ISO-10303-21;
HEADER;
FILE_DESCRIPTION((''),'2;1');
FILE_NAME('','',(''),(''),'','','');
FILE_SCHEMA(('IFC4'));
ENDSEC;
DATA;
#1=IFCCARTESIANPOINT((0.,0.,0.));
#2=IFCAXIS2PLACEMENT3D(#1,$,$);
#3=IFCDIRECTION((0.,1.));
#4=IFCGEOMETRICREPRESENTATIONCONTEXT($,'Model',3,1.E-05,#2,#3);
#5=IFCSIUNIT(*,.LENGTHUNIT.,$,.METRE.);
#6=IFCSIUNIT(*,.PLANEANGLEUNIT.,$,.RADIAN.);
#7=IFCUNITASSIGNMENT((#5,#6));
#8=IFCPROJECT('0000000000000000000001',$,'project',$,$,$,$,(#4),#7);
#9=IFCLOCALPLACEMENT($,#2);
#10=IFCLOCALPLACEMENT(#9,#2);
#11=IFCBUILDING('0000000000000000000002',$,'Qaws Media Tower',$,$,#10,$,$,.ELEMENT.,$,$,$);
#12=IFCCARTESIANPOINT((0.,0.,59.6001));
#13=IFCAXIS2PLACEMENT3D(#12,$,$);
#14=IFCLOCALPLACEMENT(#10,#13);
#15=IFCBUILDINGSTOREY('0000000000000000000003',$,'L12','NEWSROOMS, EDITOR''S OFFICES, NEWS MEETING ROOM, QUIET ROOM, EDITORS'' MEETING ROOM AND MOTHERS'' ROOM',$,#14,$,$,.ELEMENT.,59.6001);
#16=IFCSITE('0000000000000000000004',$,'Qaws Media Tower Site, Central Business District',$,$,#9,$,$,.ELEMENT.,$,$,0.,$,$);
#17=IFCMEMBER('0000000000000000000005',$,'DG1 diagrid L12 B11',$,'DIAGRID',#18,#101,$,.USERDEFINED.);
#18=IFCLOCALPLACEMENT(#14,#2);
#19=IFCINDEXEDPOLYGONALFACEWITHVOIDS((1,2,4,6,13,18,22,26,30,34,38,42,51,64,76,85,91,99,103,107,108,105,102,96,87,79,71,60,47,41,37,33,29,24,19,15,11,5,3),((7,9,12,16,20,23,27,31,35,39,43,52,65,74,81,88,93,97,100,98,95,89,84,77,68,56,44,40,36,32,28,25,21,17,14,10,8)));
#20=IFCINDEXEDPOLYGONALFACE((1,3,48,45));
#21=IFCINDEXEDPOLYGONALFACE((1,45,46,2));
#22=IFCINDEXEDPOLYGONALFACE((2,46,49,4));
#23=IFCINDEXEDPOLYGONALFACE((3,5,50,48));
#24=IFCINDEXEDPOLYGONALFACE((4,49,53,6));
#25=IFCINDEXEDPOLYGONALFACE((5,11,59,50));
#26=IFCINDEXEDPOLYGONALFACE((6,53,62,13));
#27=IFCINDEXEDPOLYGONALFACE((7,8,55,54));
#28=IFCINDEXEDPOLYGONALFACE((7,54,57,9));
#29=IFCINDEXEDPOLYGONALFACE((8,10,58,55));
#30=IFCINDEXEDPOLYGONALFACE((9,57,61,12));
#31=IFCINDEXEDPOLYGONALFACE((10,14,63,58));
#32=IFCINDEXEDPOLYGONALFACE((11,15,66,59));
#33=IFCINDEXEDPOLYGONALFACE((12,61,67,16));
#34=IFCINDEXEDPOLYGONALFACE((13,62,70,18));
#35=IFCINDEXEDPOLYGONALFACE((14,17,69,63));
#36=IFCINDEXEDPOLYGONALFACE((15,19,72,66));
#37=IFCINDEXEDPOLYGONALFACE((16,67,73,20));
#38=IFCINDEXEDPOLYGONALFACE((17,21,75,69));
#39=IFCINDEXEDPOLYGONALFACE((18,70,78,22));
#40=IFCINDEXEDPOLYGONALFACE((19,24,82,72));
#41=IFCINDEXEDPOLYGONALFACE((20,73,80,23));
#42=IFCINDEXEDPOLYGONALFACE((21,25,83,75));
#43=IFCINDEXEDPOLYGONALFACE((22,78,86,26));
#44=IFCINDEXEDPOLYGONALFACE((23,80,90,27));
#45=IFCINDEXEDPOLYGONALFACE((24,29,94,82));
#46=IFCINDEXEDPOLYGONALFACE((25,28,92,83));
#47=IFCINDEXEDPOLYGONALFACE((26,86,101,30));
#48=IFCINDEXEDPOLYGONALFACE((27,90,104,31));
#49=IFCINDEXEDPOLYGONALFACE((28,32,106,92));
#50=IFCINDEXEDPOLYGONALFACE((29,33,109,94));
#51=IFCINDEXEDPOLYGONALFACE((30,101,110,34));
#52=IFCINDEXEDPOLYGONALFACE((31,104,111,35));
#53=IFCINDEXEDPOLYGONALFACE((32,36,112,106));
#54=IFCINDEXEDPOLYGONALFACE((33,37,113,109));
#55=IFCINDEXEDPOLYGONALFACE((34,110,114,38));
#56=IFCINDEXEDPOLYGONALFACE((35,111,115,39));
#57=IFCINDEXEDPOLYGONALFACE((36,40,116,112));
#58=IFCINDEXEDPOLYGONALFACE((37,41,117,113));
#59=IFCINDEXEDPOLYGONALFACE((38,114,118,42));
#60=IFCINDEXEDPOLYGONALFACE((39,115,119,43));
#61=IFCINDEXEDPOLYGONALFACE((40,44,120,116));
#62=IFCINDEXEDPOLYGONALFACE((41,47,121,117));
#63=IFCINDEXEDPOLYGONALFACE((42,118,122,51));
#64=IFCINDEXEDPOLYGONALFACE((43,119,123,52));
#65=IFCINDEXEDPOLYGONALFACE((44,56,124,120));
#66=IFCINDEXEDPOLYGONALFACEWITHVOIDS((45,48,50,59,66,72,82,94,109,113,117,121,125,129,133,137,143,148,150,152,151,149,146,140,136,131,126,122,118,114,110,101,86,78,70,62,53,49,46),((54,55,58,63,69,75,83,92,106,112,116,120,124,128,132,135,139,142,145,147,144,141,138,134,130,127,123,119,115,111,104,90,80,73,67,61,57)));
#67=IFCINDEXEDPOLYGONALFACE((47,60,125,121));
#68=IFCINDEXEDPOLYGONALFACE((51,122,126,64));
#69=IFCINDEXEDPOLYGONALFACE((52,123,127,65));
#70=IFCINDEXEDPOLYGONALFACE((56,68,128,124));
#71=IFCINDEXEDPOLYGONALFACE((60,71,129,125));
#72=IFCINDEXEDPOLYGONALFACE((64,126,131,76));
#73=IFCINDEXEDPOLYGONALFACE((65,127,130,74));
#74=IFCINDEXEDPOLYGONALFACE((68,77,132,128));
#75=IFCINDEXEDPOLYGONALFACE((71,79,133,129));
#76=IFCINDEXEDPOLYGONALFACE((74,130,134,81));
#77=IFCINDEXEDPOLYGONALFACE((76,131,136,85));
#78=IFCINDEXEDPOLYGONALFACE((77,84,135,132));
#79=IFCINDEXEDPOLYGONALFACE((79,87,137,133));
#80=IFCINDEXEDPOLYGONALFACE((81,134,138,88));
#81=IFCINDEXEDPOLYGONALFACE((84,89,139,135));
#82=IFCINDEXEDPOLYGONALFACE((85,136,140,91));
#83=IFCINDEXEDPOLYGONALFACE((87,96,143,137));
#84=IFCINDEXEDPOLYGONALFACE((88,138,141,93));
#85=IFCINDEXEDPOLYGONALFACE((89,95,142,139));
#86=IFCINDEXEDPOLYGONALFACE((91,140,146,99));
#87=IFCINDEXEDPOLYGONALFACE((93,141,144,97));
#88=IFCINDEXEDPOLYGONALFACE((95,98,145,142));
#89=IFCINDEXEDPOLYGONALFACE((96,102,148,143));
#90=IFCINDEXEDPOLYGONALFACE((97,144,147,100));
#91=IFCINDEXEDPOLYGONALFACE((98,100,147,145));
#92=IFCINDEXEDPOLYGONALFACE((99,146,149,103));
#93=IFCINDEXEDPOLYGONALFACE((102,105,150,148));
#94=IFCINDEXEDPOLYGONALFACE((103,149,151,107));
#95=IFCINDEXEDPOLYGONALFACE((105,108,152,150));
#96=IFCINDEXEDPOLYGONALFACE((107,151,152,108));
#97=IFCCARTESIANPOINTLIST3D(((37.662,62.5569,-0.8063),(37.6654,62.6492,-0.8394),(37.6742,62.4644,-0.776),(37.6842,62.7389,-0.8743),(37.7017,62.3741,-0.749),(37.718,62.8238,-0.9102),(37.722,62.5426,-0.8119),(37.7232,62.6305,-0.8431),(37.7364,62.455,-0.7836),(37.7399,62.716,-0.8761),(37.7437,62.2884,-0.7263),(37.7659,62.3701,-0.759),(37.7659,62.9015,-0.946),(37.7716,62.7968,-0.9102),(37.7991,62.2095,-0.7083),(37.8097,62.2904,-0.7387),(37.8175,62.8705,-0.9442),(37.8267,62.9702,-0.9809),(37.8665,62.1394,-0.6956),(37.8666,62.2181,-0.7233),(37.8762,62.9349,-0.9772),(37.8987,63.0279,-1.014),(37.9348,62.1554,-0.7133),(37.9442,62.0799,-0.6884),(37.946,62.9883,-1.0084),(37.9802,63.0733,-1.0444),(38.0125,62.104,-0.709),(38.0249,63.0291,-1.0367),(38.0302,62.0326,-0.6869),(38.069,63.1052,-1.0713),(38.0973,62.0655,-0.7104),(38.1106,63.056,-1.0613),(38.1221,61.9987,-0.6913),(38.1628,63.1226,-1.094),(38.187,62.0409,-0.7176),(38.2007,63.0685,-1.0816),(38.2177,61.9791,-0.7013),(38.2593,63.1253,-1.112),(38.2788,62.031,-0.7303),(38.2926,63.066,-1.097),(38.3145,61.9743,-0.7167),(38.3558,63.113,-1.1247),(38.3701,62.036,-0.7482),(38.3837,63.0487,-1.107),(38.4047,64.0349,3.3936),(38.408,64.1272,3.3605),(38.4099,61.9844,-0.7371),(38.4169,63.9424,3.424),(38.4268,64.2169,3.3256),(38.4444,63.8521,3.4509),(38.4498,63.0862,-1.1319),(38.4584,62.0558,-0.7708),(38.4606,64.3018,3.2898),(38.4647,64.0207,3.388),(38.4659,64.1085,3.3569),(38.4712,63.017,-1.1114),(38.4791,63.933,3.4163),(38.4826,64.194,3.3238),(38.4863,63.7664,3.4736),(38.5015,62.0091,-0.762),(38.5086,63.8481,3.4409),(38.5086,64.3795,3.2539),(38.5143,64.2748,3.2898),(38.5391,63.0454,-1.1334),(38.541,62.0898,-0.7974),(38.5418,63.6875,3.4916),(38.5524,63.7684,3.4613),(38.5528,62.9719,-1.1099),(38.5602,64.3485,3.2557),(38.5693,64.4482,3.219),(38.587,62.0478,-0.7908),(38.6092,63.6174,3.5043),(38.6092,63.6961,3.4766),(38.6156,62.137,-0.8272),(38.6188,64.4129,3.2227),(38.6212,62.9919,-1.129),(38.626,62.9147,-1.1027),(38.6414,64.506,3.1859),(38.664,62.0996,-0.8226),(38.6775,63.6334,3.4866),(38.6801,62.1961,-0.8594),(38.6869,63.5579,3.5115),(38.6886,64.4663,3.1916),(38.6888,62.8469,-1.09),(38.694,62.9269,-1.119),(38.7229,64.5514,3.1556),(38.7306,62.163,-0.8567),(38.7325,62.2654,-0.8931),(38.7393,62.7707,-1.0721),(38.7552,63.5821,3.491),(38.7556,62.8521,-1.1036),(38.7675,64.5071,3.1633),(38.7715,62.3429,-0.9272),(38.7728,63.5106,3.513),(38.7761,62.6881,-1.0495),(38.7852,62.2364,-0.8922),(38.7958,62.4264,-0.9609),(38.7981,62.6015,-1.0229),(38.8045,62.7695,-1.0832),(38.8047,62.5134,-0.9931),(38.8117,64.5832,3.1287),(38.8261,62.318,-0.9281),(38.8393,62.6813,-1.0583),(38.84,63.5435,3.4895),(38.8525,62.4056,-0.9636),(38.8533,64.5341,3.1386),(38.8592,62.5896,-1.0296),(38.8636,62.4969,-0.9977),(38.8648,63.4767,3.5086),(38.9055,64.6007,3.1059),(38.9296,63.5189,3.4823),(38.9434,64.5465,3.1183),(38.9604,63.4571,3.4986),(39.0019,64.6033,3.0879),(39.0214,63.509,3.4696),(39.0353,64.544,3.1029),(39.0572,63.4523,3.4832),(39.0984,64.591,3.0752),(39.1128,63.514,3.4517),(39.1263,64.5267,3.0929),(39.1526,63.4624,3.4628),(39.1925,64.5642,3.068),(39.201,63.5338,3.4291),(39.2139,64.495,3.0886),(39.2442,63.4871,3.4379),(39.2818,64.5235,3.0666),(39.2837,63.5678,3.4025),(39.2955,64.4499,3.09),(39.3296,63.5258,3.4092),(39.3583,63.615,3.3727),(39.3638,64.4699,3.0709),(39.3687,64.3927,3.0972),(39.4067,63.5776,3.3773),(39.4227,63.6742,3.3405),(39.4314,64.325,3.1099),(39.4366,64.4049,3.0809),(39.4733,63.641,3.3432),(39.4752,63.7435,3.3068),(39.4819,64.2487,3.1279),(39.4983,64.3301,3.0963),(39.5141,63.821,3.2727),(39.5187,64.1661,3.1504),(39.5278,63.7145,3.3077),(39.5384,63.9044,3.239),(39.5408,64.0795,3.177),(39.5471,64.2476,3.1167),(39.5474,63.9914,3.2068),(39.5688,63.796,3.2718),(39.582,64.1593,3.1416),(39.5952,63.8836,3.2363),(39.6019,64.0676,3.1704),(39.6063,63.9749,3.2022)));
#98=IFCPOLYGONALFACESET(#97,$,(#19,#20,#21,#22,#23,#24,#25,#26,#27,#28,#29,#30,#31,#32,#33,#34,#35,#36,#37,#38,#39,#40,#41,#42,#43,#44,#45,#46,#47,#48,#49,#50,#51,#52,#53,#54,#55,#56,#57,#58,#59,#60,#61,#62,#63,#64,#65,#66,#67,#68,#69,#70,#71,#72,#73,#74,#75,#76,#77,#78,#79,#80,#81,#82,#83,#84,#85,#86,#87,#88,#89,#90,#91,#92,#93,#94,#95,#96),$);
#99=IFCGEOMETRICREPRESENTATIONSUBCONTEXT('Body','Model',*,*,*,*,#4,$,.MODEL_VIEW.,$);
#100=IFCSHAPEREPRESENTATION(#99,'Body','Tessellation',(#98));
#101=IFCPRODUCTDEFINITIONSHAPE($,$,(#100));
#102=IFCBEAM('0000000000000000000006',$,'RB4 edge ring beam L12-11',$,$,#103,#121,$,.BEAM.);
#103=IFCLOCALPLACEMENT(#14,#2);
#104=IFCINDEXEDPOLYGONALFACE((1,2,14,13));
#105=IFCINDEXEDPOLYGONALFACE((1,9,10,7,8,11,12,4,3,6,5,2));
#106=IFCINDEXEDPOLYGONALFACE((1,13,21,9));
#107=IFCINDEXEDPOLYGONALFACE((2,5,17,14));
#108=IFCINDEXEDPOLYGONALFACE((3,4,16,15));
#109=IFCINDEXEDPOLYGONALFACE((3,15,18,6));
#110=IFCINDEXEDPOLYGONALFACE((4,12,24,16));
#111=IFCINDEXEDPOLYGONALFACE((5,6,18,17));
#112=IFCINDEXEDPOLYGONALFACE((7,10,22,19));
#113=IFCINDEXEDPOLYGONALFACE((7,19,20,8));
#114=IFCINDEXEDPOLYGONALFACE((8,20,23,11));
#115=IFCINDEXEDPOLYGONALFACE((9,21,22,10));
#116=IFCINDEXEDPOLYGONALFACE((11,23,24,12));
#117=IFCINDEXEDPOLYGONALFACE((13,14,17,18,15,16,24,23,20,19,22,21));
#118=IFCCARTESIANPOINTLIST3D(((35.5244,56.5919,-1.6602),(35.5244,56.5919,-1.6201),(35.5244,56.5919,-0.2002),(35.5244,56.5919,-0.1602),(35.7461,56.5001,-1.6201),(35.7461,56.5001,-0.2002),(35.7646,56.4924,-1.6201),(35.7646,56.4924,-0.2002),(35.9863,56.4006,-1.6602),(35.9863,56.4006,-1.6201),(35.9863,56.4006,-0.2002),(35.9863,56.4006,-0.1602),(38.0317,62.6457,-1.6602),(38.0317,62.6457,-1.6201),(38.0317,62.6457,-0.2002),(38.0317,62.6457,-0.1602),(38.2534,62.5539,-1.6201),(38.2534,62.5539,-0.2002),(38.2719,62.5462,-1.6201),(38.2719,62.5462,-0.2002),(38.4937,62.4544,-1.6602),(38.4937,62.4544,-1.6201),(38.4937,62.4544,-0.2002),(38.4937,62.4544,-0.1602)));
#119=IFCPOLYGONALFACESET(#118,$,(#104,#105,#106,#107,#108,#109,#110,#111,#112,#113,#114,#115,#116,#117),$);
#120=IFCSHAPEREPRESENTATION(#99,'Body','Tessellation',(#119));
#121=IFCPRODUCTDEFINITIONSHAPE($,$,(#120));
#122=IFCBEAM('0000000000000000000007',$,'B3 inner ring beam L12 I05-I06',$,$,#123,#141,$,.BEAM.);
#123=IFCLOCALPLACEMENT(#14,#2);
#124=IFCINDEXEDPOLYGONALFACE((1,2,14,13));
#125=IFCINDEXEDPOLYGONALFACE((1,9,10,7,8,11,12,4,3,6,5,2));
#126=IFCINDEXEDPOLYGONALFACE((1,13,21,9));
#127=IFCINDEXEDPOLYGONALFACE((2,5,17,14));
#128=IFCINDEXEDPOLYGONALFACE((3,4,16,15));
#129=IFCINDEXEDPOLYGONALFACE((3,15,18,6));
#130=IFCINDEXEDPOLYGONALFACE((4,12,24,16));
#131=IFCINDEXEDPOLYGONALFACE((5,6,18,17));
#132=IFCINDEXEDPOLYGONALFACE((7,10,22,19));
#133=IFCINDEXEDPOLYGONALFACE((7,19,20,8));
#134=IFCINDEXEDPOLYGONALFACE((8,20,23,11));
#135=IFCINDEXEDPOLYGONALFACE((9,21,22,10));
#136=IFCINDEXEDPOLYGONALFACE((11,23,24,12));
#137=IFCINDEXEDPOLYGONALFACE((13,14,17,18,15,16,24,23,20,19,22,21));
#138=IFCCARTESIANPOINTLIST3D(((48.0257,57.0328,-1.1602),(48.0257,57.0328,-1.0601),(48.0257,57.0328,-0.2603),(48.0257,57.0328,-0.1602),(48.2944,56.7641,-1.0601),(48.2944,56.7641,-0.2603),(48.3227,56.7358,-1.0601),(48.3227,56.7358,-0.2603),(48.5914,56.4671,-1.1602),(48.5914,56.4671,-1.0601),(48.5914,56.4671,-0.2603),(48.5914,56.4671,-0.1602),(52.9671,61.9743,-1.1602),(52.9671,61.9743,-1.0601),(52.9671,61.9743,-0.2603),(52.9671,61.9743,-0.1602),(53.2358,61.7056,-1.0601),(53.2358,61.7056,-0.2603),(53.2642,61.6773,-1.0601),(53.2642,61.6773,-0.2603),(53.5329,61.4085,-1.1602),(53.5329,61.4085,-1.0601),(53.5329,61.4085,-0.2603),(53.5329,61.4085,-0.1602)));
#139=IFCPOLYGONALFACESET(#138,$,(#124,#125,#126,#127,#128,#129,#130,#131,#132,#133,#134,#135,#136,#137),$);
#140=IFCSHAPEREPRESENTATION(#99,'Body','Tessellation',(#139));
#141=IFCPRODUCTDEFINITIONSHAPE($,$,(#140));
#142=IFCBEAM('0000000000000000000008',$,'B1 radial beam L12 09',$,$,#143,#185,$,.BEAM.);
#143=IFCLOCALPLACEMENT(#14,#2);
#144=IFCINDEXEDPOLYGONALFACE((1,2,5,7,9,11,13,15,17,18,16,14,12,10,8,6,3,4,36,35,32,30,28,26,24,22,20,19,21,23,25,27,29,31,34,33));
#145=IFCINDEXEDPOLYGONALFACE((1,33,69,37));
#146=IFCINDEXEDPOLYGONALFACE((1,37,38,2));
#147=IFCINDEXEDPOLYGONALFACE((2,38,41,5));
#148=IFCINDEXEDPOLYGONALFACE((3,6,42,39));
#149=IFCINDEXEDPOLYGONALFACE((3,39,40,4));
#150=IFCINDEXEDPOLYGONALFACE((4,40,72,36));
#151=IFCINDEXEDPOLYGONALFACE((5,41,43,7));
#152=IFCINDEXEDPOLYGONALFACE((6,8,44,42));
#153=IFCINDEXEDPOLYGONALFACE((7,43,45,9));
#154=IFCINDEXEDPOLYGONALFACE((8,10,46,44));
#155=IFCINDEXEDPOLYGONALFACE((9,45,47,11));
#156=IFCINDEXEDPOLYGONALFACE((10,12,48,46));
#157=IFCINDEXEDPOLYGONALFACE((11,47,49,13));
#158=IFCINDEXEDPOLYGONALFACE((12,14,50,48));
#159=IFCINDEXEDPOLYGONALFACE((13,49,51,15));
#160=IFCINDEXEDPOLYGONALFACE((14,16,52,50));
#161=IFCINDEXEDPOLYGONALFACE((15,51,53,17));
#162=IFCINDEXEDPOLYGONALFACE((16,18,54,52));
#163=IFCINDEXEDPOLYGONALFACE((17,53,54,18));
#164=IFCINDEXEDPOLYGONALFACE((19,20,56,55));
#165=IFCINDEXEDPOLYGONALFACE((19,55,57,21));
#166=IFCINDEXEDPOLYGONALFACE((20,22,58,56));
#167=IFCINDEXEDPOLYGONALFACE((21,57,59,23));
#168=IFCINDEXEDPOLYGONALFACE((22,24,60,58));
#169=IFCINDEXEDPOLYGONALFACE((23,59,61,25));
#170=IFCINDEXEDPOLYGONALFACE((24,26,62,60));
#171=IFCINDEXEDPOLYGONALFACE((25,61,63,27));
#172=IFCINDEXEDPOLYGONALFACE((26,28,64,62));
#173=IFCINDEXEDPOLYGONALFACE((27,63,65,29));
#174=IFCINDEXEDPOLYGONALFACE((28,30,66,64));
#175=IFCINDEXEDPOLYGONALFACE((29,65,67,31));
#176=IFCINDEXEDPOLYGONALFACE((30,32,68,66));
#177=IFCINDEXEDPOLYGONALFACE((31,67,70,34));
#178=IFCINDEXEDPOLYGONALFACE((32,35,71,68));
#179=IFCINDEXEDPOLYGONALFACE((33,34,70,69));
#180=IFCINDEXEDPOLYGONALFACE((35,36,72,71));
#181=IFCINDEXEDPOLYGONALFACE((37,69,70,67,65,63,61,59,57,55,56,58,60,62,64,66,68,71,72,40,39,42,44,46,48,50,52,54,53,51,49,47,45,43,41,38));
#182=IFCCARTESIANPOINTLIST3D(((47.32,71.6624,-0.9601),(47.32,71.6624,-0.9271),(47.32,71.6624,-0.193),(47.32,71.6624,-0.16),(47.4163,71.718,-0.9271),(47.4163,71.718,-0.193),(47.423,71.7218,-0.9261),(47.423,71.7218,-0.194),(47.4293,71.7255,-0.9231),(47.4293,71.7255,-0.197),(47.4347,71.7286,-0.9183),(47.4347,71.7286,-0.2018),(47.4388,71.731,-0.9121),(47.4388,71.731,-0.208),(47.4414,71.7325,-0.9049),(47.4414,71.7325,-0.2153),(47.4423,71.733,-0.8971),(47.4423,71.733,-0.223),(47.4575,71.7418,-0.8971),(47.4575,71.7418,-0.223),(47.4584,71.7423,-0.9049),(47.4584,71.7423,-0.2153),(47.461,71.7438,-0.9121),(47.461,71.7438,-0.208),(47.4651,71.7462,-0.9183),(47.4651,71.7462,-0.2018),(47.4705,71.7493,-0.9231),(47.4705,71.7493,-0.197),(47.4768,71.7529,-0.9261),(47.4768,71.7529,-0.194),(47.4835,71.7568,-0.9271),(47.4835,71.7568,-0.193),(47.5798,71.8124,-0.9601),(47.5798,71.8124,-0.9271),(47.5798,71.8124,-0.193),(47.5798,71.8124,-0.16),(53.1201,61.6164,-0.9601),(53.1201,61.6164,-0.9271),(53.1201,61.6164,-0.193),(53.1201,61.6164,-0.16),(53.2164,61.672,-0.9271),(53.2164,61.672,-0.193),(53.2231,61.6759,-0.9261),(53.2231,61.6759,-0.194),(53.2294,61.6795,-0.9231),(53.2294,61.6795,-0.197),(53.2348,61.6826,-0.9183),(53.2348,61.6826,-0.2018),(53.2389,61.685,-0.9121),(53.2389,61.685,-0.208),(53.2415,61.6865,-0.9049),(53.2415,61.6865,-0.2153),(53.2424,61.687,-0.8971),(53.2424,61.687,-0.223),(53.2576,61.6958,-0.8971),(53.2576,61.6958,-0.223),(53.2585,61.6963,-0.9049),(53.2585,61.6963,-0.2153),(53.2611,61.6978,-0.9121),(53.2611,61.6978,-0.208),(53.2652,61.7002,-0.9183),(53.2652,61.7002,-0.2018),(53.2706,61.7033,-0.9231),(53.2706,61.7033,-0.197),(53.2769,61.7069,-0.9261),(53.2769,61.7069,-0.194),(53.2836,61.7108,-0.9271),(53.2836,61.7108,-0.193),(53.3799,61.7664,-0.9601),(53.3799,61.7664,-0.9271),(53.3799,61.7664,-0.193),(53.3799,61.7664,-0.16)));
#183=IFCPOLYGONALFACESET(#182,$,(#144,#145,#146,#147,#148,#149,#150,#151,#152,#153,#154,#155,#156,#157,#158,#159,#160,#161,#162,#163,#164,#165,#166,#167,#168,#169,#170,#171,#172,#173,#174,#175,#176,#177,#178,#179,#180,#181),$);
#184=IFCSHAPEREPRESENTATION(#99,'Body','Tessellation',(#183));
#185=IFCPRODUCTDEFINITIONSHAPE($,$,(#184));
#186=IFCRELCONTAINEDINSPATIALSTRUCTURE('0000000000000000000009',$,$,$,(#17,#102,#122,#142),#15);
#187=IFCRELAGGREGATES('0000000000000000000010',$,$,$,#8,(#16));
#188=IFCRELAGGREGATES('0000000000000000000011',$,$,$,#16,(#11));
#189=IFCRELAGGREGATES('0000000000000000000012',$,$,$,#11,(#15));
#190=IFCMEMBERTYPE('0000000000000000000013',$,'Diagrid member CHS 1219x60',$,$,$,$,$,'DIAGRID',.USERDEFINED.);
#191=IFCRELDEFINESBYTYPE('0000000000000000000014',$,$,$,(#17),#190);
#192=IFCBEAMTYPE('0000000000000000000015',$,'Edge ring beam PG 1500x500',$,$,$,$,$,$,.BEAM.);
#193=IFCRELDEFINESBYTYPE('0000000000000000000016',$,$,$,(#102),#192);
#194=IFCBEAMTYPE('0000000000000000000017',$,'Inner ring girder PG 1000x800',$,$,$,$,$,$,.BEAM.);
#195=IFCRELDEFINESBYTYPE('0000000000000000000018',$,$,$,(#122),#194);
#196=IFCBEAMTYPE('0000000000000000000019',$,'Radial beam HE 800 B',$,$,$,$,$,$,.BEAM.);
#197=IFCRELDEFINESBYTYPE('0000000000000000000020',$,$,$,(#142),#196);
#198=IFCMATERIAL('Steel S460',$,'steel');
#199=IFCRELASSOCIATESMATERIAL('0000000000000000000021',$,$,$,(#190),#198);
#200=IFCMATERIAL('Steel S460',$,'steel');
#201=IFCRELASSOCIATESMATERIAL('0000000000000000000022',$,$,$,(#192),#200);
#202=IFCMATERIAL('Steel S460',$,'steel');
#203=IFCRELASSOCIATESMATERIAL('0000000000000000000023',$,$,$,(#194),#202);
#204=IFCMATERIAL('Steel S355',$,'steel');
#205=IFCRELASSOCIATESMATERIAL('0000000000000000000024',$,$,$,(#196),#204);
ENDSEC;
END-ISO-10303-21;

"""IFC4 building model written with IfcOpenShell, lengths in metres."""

from ifc_helpers import new_model, si_unit, direction, frame, origin, origin_2d, place, context, subcontext, project, spatial, hollow_circle, i_section, extrude, material, material_profile, profile_set, type_object, element, save


model = new_model("IFC4")

# Units and contexts
model_context = context("Model", 3, precision=1e-05, world=origin(), true_north=direction((0.0, 1.0)))
body_context = subcontext(model_context, "Body", "Model", "MODEL_VIEW")
ifc_project = project(units=[si_unit("LENGTHUNIT", "METRE"), si_unit("PLANEANGLEUNIT", "RADIAN")], contexts=[model_context])

# Site, building, storey
site_placement = place(None, origin())
site = spatial("IfcSite", under=ifc_project, at=site_placement, Name="Qaws Media Tower Site, Central Business District", CompositionType="ELEMENT", RefElevation=0.0)
building_placement = place(site_placement, origin())
building = spatial("IfcBuilding", under=site, at=building_placement, Name="Qaws Media Tower", CompositionType="ELEMENT")
storey_placement = place(building_placement, frame((0.0, 0.0, 59.6001)))
storey = spatial("IfcBuildingStorey", under=building, at=storey_placement, Name="L12", Description="NEWSROOMS, EDITOR'S OFFICES, NEWS MEETING ROOM, QUIET ROOM, EDITORS' MEETING ROOM AND MOTHERS' ROOM", CompositionType="ELEMENT", Elevation=59.6001)

# Member
ifc_material_1 = material(Name="Steel S460", Category="steel")
ifc_material_profile_1 = material_profile(ifc_material_1, hollow_circle(Radius=0.6096, WallThickness=0.0601, at=origin_2d()), Name="CHS 1219x60")
ifc_profile_set_1 = profile_set([ifc_material_profile_1], Name="Steel S460")
member_type_1 = type_object("IfcMemberType", Name="Diagrid member CHS 1219x60", ElementType="DIAGRID", PredefinedType="USERDEFINED", material=ifc_profile_set_1)
for number, where, z_axis, x_axis, name in (
    (1, (38.2627, 62.55, -0.9102), (0.164529, 0.327436, 0.930439), (-0.89354, 0.448984, 0.0), "DG1 diagrid L12 B11"),
):
    element("IfcMember", number, at=place(storey_placement, frame(where, z_axis=z_axis, x_axis=x_axis)), inside=storey, type_object=member_type_1, Name=name, ObjectType="DIAGRID", PredefinedType="USERDEFINED", context=body_context, shape_type="SweptSolid", body=[
        extrude(hollow_circle(Radius=0.6096, WallThickness=0.0601, at=origin_2d()), origin(), (0.0, 0.0, 1.0), 4.5139),
    ])

# Beams
ifc_material_2 = material(Name="Steel S460", Category="steel")
ifc_material_profile_2 = material_profile(ifc_material_2, i_section(OverallWidth=0.5, OverallDepth=1.5, WebThickness=0.02, FlangeThickness=0.04, at=origin_2d()), Name="PG 1500x500")
ifc_profile_set_2 = profile_set([ifc_material_profile_2], Name="Steel S460")
beam_type_1 = type_object("IfcBeamType", Name="Edge ring beam PG 1500x500", PredefinedType="BEAM", material=ifc_profile_set_2)
beam_1_placement = place(storey_placement, frame((38.2627, 62.55, -0.9102), z_axis=(-0.382657, -0.923891, 0.0), x_axis=(0.923891, -0.382657, 0.0)))
element("IfcBeam", 2, at=beam_1_placement, inside=storey, type_object=beam_type_1, Name="RB4 edge ring beam L12-11", PredefinedType="BEAM", context=body_context, shape_type="SweptSolid", body=[
    extrude(i_section(OverallWidth=0.5, OverallDepth=1.5, WebThickness=0.02, FlangeThickness=0.04, at=origin_2d()), origin(), (0.0, 0.0, 1.0), 6.5525),
])
ifc_material_3 = material(Name="Steel S460", Category="steel")
ifc_material_profile_3 = material_profile(ifc_material_3, i_section(OverallWidth=0.8, OverallDepth=1.0, WebThickness=0.04, FlangeThickness=0.1001, at=origin_2d()), Name="PG 1000x800")
ifc_profile_set_3 = profile_set([ifc_material_profile_3], Name="Steel S460")
beam_type_2 = type_object("IfcBeamType", Name="Inner ring girder PG 1000x800", PredefinedType="BEAM", material=ifc_profile_set_3)
beam_2_placement = place(storey_placement, frame((53.25, 61.6914, -0.6602), z_axis=(-0.707107, -0.707107, 0.0), x_axis=(0.707107, -0.707107, 0.0)))
element("IfcBeam", 3, at=beam_2_placement, inside=storey, type_object=beam_type_2, Name="B3 inner ring beam L12 I05-I06", PredefinedType="BEAM", context=body_context, shape_type="SweptSolid", body=[
    extrude(i_section(OverallWidth=0.8, OverallDepth=1.0, WebThickness=0.04, FlangeThickness=0.1001, at=origin_2d()), origin(), (0.0, 0.0, 1.0), 6.9883),
])
ifc_material_4 = material(Name="Steel S355", Category="steel")
ifc_material_profile_4 = material_profile(ifc_material_4, i_section(OverallWidth=0.3, OverallDepth=0.8, WebThickness=0.0176, FlangeThickness=0.033, FilletRadius=0.03, at=origin_2d()), Name="HE 800 B")
ifc_profile_set_4 = profile_set([ifc_material_profile_4], Name="Steel S355")
beam_type_3 = type_object("IfcBeamType", Name="Radial beam HE 800 B", PredefinedType="BEAM", material=ifc_profile_set_4)
beam_3_placement = place(storey_placement, frame((53.25, 61.6914, -0.5601), z_axis=(-0.500003, 0.866024, 0.0), x_axis=(-0.866024, -0.500003, 0.0)))
element("IfcBeam", 4, at=beam_3_placement, inside=storey, type_object=beam_type_3, Name="B1 radial beam L12 09", PredefinedType="BEAM", context=body_context, shape_type="SweptSolid", body=[
    extrude(i_section(OverallWidth=0.3, OverallDepth=0.8, WebThickness=0.0176, FlangeThickness=0.033, FilletRadius=0.03, at=origin_2d()), origin(), (0.0, 0.0, 1.0), 11.6001),
])

save(model, "model.ifc")
